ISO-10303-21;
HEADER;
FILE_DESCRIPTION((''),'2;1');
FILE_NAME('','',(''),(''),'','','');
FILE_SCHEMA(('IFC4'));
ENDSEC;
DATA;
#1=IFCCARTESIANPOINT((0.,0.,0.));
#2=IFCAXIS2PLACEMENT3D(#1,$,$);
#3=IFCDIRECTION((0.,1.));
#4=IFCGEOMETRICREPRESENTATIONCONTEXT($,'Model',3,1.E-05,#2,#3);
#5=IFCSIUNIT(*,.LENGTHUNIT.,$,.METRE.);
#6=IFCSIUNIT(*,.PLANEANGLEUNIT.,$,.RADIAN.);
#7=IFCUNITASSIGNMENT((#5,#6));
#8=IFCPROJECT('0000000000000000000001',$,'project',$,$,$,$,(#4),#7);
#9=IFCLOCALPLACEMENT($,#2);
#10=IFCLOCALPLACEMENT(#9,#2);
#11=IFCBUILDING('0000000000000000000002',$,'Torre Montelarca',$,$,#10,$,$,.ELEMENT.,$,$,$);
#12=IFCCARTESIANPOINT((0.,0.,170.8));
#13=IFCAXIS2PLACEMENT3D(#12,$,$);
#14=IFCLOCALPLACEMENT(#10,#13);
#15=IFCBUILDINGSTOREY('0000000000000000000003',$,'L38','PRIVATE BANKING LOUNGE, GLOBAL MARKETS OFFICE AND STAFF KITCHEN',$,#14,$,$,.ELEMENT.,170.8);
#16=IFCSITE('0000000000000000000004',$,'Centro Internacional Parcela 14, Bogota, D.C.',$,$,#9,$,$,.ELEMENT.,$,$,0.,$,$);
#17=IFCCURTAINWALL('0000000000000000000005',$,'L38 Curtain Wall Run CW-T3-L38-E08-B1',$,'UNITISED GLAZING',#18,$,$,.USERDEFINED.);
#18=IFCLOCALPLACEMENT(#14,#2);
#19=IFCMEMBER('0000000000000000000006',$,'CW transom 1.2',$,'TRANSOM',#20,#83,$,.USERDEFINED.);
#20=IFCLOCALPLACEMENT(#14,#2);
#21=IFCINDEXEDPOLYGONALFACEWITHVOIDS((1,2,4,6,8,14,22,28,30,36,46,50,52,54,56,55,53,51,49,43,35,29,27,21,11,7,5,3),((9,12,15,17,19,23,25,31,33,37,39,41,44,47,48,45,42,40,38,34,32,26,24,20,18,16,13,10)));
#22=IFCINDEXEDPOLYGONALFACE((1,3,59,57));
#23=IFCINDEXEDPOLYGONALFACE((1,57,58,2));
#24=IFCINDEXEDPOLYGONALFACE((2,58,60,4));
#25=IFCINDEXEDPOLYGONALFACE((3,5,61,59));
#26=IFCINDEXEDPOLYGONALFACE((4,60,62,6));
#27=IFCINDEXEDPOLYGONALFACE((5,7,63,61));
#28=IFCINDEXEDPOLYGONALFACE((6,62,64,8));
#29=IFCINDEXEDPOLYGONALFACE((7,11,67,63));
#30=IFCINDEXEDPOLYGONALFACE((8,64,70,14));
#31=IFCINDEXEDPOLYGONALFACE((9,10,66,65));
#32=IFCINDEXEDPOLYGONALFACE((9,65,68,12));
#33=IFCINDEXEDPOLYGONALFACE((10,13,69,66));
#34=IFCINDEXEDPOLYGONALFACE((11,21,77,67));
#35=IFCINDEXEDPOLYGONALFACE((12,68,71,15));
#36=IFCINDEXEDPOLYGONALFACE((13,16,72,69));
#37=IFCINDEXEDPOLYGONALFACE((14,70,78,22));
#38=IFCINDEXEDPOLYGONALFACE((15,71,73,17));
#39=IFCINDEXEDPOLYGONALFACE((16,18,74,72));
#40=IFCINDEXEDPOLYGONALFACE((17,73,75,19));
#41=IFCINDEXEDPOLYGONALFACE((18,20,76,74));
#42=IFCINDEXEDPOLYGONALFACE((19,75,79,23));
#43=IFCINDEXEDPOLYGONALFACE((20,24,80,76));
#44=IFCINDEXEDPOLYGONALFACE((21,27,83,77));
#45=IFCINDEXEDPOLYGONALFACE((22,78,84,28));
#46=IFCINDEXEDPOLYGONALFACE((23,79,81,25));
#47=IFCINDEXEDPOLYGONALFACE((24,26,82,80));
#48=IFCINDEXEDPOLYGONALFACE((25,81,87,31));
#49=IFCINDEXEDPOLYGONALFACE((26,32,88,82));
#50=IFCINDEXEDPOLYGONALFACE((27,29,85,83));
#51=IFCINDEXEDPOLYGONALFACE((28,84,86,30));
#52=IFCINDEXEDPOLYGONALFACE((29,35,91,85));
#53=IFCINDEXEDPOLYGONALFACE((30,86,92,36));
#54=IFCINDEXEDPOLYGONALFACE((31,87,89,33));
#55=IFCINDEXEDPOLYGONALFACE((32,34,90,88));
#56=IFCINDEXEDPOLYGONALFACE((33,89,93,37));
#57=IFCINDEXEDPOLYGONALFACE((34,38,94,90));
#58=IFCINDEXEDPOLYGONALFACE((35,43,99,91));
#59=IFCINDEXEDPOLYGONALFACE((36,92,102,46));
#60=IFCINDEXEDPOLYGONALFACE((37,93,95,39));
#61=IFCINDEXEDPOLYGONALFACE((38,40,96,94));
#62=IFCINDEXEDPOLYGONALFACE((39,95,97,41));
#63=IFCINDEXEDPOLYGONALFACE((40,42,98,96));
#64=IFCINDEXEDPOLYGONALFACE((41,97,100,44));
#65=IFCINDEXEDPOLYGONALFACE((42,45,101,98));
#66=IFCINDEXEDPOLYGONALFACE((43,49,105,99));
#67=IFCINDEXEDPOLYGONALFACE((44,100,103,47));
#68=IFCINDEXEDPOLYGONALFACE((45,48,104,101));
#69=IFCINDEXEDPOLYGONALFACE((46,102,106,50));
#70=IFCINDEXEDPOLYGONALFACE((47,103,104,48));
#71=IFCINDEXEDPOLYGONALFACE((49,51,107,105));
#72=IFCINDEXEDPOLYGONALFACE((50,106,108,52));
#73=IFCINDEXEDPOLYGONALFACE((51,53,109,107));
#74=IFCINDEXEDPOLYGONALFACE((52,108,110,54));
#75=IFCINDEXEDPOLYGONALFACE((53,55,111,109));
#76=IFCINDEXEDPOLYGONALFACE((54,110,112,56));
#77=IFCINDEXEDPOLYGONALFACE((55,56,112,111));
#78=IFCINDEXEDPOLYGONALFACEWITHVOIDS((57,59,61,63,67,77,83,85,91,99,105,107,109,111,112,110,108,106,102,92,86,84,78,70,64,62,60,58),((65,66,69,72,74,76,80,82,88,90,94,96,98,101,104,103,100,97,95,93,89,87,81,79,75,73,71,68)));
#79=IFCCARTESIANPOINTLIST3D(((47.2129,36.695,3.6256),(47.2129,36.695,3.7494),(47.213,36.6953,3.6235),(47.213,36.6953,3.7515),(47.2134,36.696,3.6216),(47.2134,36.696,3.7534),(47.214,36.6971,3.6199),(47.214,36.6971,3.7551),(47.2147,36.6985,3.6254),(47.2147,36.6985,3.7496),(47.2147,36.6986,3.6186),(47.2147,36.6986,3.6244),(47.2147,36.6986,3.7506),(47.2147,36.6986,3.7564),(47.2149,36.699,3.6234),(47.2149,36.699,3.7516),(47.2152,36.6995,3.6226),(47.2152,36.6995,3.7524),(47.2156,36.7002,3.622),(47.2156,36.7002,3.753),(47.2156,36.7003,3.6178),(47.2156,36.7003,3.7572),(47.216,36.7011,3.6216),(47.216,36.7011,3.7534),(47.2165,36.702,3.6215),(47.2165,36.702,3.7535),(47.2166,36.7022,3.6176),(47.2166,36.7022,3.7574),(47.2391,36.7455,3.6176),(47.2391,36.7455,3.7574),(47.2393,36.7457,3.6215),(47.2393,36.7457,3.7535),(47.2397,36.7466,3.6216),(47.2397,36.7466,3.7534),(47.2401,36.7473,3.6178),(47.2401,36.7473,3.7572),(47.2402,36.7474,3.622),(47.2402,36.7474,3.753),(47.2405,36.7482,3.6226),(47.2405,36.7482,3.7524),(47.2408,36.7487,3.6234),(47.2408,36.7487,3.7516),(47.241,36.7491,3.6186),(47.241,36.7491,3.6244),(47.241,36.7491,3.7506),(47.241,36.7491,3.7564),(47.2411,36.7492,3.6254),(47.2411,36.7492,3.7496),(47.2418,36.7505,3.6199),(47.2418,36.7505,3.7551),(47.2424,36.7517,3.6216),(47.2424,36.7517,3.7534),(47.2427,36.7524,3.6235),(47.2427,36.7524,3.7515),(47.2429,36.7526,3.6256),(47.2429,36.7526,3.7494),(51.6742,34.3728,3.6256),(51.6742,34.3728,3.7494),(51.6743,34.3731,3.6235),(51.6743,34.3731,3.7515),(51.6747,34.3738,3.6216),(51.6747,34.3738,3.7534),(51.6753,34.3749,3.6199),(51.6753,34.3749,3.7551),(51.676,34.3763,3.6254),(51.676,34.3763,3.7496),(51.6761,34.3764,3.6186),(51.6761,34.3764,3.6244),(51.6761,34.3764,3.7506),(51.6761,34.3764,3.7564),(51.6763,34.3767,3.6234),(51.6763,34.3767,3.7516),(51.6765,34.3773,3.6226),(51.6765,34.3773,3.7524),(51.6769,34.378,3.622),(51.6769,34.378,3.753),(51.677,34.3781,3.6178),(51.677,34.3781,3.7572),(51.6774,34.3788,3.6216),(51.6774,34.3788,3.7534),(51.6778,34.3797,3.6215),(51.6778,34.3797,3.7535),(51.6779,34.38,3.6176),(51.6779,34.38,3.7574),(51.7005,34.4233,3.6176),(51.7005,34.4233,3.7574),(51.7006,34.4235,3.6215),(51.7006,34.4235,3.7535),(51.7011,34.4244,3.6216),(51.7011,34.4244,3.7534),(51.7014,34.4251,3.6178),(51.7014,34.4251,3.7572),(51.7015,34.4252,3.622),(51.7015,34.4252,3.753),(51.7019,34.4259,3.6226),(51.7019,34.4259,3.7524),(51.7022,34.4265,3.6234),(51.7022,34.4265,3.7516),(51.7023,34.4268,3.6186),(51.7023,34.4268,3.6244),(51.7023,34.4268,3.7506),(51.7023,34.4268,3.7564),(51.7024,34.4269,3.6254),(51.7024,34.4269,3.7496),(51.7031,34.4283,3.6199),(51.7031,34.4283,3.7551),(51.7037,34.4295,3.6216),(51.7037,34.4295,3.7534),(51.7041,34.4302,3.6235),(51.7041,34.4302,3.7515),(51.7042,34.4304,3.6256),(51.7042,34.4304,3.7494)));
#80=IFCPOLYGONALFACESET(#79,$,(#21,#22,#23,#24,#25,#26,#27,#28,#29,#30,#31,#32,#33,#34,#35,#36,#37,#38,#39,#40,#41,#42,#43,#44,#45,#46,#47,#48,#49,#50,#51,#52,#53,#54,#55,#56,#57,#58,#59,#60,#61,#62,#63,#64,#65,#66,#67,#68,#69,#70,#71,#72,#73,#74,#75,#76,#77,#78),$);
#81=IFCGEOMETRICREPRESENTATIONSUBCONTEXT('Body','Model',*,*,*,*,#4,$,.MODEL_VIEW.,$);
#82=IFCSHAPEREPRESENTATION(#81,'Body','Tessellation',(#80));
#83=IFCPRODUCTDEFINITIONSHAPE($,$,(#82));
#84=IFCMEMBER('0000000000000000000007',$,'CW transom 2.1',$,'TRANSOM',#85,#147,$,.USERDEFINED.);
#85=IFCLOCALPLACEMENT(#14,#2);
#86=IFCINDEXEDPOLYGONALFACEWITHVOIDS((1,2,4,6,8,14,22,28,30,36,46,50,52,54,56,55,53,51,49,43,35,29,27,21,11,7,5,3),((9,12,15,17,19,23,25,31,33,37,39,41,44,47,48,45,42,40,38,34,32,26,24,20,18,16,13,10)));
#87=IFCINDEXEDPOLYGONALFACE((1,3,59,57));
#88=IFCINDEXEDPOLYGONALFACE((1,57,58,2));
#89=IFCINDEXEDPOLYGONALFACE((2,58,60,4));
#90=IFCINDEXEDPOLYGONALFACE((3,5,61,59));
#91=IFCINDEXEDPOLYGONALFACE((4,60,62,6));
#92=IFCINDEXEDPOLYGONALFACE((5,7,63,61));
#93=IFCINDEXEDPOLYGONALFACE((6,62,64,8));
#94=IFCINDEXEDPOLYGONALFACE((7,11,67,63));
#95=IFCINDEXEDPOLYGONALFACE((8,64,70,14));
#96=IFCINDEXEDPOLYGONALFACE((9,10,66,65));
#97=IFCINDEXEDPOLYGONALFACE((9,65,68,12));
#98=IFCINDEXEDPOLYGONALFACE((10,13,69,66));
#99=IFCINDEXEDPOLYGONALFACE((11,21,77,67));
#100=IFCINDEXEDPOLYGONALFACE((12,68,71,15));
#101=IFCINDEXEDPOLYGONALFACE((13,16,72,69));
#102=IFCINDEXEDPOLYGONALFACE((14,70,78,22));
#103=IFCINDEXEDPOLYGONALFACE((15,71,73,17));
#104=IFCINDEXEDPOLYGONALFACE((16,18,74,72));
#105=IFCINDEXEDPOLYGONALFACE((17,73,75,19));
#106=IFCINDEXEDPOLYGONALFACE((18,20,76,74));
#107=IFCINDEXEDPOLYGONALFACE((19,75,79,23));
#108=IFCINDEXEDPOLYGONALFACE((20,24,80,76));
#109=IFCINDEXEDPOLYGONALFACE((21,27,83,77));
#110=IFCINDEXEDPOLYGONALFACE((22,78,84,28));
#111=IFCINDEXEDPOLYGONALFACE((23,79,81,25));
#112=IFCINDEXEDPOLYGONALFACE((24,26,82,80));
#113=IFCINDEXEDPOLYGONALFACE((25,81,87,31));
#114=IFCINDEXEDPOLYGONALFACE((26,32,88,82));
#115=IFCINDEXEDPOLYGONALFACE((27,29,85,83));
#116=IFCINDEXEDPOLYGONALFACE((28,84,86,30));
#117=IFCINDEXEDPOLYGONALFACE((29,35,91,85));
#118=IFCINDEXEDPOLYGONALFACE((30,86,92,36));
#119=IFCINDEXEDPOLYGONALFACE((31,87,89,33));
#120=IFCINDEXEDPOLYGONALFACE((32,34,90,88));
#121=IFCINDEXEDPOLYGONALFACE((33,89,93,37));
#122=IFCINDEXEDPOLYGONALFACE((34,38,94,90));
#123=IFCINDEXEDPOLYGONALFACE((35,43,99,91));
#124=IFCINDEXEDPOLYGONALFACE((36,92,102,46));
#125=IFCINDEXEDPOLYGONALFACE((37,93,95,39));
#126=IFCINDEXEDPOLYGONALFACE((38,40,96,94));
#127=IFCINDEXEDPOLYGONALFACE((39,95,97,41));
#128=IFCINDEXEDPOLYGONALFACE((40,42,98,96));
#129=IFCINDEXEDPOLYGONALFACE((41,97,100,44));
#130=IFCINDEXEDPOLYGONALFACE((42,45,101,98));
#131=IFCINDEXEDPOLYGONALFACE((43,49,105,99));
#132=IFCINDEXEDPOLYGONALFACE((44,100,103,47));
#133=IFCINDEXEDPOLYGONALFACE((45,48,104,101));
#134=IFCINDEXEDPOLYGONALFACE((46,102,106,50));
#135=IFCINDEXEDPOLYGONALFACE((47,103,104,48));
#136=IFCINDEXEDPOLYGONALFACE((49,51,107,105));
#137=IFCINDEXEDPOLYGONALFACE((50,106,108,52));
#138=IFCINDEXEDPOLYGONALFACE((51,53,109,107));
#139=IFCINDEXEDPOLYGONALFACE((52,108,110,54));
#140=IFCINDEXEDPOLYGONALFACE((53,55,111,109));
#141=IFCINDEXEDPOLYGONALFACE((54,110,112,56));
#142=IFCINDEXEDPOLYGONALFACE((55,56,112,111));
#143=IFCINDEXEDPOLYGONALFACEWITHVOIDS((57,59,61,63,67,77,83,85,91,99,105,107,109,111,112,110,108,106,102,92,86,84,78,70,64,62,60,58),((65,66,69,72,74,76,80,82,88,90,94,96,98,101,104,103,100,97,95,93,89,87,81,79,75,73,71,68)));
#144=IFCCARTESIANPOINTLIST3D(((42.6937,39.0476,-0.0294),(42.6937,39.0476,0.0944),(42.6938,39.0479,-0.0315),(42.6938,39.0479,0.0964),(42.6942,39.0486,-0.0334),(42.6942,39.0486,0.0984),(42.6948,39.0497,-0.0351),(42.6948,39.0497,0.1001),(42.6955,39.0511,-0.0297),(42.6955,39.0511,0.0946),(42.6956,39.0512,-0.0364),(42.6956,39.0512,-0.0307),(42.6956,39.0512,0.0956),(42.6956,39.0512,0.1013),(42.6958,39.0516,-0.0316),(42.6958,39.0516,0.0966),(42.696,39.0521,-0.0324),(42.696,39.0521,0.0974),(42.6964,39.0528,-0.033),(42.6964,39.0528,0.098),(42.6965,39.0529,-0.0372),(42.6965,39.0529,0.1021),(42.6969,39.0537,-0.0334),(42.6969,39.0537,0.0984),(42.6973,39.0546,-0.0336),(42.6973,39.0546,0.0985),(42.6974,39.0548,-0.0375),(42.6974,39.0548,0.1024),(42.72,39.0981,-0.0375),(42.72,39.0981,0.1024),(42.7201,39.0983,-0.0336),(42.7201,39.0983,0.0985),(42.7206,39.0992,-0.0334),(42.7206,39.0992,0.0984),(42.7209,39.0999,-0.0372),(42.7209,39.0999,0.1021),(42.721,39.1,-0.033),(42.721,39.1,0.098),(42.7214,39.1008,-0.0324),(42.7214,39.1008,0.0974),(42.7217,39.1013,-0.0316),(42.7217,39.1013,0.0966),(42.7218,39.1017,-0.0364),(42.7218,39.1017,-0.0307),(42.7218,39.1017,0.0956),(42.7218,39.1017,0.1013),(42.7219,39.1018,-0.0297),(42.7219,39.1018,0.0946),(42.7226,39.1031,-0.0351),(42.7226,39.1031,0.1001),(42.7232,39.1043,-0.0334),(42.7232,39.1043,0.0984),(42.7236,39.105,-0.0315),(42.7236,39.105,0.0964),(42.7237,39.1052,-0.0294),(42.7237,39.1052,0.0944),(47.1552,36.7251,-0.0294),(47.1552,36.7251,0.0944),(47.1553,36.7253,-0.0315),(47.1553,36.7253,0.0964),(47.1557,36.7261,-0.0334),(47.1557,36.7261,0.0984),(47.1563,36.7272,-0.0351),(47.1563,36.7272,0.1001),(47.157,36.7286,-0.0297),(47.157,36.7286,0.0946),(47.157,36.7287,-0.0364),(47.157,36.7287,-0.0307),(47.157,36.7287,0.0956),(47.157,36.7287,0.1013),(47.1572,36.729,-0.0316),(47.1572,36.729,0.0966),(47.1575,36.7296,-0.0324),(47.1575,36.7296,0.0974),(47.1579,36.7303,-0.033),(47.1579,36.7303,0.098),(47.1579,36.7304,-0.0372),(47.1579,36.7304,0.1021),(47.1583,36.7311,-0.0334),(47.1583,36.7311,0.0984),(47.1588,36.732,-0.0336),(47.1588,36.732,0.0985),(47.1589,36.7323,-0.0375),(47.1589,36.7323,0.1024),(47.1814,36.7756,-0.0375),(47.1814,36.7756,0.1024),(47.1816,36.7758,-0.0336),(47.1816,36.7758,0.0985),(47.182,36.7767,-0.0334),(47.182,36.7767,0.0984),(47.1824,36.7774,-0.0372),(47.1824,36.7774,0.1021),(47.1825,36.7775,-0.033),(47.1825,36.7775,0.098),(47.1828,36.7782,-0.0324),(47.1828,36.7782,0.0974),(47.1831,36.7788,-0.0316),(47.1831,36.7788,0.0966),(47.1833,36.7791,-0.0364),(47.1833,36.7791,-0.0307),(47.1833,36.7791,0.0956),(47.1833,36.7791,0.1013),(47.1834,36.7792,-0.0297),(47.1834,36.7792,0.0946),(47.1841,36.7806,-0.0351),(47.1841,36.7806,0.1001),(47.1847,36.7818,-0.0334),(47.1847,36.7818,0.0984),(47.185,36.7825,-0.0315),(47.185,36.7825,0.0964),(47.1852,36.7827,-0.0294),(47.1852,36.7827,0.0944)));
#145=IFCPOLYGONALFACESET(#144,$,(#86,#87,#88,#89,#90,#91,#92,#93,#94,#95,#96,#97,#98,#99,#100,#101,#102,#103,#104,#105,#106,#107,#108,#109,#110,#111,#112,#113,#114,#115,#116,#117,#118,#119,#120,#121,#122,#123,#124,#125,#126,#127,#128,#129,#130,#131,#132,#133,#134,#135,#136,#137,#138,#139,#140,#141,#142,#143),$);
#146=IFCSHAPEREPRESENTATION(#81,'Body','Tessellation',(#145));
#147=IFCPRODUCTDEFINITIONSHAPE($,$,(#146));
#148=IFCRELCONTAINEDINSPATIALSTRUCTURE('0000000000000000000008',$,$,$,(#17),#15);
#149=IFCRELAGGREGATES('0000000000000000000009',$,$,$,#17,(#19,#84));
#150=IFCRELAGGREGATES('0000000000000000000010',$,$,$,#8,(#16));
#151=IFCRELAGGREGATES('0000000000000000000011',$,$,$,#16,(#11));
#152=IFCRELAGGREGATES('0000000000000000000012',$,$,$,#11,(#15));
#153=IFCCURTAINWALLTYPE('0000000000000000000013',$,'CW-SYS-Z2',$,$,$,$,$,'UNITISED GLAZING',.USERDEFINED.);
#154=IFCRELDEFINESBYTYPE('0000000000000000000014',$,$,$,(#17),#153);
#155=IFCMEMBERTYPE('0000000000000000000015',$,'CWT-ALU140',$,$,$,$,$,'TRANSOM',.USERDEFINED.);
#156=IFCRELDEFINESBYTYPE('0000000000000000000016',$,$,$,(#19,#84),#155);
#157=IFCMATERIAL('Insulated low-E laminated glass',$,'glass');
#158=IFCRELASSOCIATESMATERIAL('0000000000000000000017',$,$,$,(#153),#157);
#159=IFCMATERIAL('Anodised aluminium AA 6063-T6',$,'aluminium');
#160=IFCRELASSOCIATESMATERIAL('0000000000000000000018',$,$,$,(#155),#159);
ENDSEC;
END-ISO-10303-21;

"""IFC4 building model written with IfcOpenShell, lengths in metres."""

from ifc_helpers import new_model, si_unit, direction, frame, origin, origin_2d, place, context, subcontext, project, spatial, hollow_rectangle, extrude, source, transform, mapped, material, material_profile, profile_set, type_object, element, aggregate, save


model = new_model("IFC4")

# Units and contexts
model_context = context("Model", 3, precision=1e-05, world=origin(), true_north=direction((0.0, 1.0)))
body_context = subcontext(model_context, "Body", "Model", "MODEL_VIEW")
ifc_project = project(units=[si_unit("LENGTHUNIT", "METRE"), si_unit("PLANEANGLEUNIT", "RADIAN")], contexts=[model_context])

# Site, building, storey
site_placement = place(None, origin())
site = spatial("IfcSite", under=ifc_project, at=site_placement, Name="Centro Internacional Parcela 14, Bogota, D.C.", CompositionType="ELEMENT", RefElevation=0.0)
building_placement = place(site_placement, origin())
building = spatial("IfcBuilding", under=site, at=building_placement, Name="Torre Montelarca", CompositionType="ELEMENT")
storey_placement = place(building_placement, frame((0.0, 0.0, 170.8)))
storey = spatial("IfcBuildingStorey", under=building, at=storey_placement, Name="L38", Description="PRIVATE BANKING LOUNGE, GLOBAL MARKETS OFFICE AND STAFF KITCHEN", CompositionType="ELEMENT", Elevation=170.8)

# Curtain wall
ifc_material_1 = material(Name="Insulated low-E laminated glass", Category="glass")
curtain_wall_type = type_object("IfcCurtainWallType", Name="CW-SYS-Z2", ElementType="UNITISED GLAZING", PredefinedType="USERDEFINED", material=ifc_material_1)
ifc_material_2 = material(Name="Anodised aluminium AA 6063-T6", Category="aluminium")
ifc_material_profile_1 = material_profile(ifc_material_2, hollow_rectangle(XDim=0.0649, YDim=0.1399, WallThickness=0.0039, InnerFilletRadius=0.0039, OuterFilletRadius=0.0081, at=origin_2d()), Name="ALU65X140X4", Category="aluminium")
ifc_profile_set_1 = profile_set([ifc_material_profile_1], Name="Anodised aluminium AA 6063-T6")
member_type_1 = type_object("IfcMemberType", Name="CWT-ALU140", ElementType="TRANSOM", PredefinedType="USERDEFINED", material=ifc_profile_set_1)
curtain_wall_1_placement = place(storey_placement, origin())
curtain_wall_1 = element("IfcCurtainWall", 1, at=curtain_wall_1_placement, inside=storey, type_object=curtain_wall_type, Name="L38 Curtain Wall Run CW-T3-L38-E08-B1", ObjectType="UNITISED GLAZING", PredefinedType="USERDEFINED")

# Members
shared_shape_1 = source(origin(), body_context, "Body", "SweptSolid", [
    extrude(hollow_rectangle(XDim=0.0649, YDim=0.1399, WallThickness=0.0039, InnerFilletRadius=0.0039, OuterFilletRadius=0.0081, at=origin_2d()), origin(), (0.0, 0.0, 1.0), 5.0295),
])
member_1_placement = place(storey_placement, frame((51.6892, 34.4016, 3.6875), z_axis=(-0.887028, 0.461716, 0.0), x_axis=(-0.461716, -0.887028, 0.0)))
member_1 = element("IfcMember", 2, at=member_1_placement, type_object=member_type_1, Name="CW transom 1.2", ObjectType="TRANSOM", PredefinedType="USERDEFINED", context=body_context, shape_type="MappedRepresentation", body=[
    mapped(shared_shape_1, transform((0.0, 0.0, 0.0), scale=1.0)),
])
shared_shape_2 = source(origin(), body_context, "Body", "SweptSolid", [
    extrude(hollow_rectangle(XDim=0.0649, YDim=0.1399, WallThickness=0.0039, InnerFilletRadius=0.0039, OuterFilletRadius=0.0081, at=origin_2d()), origin(), (0.0, 0.0, 1.0), 5.0298),
])
member_2_placement = place(storey_placement, frame((47.1702, 36.7539, 0.0325), z_axis=(-0.887008, 0.461755, 0.0), x_axis=(-0.461755, -0.887008, 0.0)))
member_2 = element("IfcMember", 3, at=member_2_placement, type_object=member_type_1, Name="CW transom 2.1", ObjectType="TRANSOM", PredefinedType="USERDEFINED", context=body_context, shape_type="MappedRepresentation", body=[
    mapped(shared_shape_2, transform((0.0, 0.0, 0.0), scale=1.0)),
])

aggregate(curtain_wall_1, [member_1, member_2])

save(model, "model.ifc")
